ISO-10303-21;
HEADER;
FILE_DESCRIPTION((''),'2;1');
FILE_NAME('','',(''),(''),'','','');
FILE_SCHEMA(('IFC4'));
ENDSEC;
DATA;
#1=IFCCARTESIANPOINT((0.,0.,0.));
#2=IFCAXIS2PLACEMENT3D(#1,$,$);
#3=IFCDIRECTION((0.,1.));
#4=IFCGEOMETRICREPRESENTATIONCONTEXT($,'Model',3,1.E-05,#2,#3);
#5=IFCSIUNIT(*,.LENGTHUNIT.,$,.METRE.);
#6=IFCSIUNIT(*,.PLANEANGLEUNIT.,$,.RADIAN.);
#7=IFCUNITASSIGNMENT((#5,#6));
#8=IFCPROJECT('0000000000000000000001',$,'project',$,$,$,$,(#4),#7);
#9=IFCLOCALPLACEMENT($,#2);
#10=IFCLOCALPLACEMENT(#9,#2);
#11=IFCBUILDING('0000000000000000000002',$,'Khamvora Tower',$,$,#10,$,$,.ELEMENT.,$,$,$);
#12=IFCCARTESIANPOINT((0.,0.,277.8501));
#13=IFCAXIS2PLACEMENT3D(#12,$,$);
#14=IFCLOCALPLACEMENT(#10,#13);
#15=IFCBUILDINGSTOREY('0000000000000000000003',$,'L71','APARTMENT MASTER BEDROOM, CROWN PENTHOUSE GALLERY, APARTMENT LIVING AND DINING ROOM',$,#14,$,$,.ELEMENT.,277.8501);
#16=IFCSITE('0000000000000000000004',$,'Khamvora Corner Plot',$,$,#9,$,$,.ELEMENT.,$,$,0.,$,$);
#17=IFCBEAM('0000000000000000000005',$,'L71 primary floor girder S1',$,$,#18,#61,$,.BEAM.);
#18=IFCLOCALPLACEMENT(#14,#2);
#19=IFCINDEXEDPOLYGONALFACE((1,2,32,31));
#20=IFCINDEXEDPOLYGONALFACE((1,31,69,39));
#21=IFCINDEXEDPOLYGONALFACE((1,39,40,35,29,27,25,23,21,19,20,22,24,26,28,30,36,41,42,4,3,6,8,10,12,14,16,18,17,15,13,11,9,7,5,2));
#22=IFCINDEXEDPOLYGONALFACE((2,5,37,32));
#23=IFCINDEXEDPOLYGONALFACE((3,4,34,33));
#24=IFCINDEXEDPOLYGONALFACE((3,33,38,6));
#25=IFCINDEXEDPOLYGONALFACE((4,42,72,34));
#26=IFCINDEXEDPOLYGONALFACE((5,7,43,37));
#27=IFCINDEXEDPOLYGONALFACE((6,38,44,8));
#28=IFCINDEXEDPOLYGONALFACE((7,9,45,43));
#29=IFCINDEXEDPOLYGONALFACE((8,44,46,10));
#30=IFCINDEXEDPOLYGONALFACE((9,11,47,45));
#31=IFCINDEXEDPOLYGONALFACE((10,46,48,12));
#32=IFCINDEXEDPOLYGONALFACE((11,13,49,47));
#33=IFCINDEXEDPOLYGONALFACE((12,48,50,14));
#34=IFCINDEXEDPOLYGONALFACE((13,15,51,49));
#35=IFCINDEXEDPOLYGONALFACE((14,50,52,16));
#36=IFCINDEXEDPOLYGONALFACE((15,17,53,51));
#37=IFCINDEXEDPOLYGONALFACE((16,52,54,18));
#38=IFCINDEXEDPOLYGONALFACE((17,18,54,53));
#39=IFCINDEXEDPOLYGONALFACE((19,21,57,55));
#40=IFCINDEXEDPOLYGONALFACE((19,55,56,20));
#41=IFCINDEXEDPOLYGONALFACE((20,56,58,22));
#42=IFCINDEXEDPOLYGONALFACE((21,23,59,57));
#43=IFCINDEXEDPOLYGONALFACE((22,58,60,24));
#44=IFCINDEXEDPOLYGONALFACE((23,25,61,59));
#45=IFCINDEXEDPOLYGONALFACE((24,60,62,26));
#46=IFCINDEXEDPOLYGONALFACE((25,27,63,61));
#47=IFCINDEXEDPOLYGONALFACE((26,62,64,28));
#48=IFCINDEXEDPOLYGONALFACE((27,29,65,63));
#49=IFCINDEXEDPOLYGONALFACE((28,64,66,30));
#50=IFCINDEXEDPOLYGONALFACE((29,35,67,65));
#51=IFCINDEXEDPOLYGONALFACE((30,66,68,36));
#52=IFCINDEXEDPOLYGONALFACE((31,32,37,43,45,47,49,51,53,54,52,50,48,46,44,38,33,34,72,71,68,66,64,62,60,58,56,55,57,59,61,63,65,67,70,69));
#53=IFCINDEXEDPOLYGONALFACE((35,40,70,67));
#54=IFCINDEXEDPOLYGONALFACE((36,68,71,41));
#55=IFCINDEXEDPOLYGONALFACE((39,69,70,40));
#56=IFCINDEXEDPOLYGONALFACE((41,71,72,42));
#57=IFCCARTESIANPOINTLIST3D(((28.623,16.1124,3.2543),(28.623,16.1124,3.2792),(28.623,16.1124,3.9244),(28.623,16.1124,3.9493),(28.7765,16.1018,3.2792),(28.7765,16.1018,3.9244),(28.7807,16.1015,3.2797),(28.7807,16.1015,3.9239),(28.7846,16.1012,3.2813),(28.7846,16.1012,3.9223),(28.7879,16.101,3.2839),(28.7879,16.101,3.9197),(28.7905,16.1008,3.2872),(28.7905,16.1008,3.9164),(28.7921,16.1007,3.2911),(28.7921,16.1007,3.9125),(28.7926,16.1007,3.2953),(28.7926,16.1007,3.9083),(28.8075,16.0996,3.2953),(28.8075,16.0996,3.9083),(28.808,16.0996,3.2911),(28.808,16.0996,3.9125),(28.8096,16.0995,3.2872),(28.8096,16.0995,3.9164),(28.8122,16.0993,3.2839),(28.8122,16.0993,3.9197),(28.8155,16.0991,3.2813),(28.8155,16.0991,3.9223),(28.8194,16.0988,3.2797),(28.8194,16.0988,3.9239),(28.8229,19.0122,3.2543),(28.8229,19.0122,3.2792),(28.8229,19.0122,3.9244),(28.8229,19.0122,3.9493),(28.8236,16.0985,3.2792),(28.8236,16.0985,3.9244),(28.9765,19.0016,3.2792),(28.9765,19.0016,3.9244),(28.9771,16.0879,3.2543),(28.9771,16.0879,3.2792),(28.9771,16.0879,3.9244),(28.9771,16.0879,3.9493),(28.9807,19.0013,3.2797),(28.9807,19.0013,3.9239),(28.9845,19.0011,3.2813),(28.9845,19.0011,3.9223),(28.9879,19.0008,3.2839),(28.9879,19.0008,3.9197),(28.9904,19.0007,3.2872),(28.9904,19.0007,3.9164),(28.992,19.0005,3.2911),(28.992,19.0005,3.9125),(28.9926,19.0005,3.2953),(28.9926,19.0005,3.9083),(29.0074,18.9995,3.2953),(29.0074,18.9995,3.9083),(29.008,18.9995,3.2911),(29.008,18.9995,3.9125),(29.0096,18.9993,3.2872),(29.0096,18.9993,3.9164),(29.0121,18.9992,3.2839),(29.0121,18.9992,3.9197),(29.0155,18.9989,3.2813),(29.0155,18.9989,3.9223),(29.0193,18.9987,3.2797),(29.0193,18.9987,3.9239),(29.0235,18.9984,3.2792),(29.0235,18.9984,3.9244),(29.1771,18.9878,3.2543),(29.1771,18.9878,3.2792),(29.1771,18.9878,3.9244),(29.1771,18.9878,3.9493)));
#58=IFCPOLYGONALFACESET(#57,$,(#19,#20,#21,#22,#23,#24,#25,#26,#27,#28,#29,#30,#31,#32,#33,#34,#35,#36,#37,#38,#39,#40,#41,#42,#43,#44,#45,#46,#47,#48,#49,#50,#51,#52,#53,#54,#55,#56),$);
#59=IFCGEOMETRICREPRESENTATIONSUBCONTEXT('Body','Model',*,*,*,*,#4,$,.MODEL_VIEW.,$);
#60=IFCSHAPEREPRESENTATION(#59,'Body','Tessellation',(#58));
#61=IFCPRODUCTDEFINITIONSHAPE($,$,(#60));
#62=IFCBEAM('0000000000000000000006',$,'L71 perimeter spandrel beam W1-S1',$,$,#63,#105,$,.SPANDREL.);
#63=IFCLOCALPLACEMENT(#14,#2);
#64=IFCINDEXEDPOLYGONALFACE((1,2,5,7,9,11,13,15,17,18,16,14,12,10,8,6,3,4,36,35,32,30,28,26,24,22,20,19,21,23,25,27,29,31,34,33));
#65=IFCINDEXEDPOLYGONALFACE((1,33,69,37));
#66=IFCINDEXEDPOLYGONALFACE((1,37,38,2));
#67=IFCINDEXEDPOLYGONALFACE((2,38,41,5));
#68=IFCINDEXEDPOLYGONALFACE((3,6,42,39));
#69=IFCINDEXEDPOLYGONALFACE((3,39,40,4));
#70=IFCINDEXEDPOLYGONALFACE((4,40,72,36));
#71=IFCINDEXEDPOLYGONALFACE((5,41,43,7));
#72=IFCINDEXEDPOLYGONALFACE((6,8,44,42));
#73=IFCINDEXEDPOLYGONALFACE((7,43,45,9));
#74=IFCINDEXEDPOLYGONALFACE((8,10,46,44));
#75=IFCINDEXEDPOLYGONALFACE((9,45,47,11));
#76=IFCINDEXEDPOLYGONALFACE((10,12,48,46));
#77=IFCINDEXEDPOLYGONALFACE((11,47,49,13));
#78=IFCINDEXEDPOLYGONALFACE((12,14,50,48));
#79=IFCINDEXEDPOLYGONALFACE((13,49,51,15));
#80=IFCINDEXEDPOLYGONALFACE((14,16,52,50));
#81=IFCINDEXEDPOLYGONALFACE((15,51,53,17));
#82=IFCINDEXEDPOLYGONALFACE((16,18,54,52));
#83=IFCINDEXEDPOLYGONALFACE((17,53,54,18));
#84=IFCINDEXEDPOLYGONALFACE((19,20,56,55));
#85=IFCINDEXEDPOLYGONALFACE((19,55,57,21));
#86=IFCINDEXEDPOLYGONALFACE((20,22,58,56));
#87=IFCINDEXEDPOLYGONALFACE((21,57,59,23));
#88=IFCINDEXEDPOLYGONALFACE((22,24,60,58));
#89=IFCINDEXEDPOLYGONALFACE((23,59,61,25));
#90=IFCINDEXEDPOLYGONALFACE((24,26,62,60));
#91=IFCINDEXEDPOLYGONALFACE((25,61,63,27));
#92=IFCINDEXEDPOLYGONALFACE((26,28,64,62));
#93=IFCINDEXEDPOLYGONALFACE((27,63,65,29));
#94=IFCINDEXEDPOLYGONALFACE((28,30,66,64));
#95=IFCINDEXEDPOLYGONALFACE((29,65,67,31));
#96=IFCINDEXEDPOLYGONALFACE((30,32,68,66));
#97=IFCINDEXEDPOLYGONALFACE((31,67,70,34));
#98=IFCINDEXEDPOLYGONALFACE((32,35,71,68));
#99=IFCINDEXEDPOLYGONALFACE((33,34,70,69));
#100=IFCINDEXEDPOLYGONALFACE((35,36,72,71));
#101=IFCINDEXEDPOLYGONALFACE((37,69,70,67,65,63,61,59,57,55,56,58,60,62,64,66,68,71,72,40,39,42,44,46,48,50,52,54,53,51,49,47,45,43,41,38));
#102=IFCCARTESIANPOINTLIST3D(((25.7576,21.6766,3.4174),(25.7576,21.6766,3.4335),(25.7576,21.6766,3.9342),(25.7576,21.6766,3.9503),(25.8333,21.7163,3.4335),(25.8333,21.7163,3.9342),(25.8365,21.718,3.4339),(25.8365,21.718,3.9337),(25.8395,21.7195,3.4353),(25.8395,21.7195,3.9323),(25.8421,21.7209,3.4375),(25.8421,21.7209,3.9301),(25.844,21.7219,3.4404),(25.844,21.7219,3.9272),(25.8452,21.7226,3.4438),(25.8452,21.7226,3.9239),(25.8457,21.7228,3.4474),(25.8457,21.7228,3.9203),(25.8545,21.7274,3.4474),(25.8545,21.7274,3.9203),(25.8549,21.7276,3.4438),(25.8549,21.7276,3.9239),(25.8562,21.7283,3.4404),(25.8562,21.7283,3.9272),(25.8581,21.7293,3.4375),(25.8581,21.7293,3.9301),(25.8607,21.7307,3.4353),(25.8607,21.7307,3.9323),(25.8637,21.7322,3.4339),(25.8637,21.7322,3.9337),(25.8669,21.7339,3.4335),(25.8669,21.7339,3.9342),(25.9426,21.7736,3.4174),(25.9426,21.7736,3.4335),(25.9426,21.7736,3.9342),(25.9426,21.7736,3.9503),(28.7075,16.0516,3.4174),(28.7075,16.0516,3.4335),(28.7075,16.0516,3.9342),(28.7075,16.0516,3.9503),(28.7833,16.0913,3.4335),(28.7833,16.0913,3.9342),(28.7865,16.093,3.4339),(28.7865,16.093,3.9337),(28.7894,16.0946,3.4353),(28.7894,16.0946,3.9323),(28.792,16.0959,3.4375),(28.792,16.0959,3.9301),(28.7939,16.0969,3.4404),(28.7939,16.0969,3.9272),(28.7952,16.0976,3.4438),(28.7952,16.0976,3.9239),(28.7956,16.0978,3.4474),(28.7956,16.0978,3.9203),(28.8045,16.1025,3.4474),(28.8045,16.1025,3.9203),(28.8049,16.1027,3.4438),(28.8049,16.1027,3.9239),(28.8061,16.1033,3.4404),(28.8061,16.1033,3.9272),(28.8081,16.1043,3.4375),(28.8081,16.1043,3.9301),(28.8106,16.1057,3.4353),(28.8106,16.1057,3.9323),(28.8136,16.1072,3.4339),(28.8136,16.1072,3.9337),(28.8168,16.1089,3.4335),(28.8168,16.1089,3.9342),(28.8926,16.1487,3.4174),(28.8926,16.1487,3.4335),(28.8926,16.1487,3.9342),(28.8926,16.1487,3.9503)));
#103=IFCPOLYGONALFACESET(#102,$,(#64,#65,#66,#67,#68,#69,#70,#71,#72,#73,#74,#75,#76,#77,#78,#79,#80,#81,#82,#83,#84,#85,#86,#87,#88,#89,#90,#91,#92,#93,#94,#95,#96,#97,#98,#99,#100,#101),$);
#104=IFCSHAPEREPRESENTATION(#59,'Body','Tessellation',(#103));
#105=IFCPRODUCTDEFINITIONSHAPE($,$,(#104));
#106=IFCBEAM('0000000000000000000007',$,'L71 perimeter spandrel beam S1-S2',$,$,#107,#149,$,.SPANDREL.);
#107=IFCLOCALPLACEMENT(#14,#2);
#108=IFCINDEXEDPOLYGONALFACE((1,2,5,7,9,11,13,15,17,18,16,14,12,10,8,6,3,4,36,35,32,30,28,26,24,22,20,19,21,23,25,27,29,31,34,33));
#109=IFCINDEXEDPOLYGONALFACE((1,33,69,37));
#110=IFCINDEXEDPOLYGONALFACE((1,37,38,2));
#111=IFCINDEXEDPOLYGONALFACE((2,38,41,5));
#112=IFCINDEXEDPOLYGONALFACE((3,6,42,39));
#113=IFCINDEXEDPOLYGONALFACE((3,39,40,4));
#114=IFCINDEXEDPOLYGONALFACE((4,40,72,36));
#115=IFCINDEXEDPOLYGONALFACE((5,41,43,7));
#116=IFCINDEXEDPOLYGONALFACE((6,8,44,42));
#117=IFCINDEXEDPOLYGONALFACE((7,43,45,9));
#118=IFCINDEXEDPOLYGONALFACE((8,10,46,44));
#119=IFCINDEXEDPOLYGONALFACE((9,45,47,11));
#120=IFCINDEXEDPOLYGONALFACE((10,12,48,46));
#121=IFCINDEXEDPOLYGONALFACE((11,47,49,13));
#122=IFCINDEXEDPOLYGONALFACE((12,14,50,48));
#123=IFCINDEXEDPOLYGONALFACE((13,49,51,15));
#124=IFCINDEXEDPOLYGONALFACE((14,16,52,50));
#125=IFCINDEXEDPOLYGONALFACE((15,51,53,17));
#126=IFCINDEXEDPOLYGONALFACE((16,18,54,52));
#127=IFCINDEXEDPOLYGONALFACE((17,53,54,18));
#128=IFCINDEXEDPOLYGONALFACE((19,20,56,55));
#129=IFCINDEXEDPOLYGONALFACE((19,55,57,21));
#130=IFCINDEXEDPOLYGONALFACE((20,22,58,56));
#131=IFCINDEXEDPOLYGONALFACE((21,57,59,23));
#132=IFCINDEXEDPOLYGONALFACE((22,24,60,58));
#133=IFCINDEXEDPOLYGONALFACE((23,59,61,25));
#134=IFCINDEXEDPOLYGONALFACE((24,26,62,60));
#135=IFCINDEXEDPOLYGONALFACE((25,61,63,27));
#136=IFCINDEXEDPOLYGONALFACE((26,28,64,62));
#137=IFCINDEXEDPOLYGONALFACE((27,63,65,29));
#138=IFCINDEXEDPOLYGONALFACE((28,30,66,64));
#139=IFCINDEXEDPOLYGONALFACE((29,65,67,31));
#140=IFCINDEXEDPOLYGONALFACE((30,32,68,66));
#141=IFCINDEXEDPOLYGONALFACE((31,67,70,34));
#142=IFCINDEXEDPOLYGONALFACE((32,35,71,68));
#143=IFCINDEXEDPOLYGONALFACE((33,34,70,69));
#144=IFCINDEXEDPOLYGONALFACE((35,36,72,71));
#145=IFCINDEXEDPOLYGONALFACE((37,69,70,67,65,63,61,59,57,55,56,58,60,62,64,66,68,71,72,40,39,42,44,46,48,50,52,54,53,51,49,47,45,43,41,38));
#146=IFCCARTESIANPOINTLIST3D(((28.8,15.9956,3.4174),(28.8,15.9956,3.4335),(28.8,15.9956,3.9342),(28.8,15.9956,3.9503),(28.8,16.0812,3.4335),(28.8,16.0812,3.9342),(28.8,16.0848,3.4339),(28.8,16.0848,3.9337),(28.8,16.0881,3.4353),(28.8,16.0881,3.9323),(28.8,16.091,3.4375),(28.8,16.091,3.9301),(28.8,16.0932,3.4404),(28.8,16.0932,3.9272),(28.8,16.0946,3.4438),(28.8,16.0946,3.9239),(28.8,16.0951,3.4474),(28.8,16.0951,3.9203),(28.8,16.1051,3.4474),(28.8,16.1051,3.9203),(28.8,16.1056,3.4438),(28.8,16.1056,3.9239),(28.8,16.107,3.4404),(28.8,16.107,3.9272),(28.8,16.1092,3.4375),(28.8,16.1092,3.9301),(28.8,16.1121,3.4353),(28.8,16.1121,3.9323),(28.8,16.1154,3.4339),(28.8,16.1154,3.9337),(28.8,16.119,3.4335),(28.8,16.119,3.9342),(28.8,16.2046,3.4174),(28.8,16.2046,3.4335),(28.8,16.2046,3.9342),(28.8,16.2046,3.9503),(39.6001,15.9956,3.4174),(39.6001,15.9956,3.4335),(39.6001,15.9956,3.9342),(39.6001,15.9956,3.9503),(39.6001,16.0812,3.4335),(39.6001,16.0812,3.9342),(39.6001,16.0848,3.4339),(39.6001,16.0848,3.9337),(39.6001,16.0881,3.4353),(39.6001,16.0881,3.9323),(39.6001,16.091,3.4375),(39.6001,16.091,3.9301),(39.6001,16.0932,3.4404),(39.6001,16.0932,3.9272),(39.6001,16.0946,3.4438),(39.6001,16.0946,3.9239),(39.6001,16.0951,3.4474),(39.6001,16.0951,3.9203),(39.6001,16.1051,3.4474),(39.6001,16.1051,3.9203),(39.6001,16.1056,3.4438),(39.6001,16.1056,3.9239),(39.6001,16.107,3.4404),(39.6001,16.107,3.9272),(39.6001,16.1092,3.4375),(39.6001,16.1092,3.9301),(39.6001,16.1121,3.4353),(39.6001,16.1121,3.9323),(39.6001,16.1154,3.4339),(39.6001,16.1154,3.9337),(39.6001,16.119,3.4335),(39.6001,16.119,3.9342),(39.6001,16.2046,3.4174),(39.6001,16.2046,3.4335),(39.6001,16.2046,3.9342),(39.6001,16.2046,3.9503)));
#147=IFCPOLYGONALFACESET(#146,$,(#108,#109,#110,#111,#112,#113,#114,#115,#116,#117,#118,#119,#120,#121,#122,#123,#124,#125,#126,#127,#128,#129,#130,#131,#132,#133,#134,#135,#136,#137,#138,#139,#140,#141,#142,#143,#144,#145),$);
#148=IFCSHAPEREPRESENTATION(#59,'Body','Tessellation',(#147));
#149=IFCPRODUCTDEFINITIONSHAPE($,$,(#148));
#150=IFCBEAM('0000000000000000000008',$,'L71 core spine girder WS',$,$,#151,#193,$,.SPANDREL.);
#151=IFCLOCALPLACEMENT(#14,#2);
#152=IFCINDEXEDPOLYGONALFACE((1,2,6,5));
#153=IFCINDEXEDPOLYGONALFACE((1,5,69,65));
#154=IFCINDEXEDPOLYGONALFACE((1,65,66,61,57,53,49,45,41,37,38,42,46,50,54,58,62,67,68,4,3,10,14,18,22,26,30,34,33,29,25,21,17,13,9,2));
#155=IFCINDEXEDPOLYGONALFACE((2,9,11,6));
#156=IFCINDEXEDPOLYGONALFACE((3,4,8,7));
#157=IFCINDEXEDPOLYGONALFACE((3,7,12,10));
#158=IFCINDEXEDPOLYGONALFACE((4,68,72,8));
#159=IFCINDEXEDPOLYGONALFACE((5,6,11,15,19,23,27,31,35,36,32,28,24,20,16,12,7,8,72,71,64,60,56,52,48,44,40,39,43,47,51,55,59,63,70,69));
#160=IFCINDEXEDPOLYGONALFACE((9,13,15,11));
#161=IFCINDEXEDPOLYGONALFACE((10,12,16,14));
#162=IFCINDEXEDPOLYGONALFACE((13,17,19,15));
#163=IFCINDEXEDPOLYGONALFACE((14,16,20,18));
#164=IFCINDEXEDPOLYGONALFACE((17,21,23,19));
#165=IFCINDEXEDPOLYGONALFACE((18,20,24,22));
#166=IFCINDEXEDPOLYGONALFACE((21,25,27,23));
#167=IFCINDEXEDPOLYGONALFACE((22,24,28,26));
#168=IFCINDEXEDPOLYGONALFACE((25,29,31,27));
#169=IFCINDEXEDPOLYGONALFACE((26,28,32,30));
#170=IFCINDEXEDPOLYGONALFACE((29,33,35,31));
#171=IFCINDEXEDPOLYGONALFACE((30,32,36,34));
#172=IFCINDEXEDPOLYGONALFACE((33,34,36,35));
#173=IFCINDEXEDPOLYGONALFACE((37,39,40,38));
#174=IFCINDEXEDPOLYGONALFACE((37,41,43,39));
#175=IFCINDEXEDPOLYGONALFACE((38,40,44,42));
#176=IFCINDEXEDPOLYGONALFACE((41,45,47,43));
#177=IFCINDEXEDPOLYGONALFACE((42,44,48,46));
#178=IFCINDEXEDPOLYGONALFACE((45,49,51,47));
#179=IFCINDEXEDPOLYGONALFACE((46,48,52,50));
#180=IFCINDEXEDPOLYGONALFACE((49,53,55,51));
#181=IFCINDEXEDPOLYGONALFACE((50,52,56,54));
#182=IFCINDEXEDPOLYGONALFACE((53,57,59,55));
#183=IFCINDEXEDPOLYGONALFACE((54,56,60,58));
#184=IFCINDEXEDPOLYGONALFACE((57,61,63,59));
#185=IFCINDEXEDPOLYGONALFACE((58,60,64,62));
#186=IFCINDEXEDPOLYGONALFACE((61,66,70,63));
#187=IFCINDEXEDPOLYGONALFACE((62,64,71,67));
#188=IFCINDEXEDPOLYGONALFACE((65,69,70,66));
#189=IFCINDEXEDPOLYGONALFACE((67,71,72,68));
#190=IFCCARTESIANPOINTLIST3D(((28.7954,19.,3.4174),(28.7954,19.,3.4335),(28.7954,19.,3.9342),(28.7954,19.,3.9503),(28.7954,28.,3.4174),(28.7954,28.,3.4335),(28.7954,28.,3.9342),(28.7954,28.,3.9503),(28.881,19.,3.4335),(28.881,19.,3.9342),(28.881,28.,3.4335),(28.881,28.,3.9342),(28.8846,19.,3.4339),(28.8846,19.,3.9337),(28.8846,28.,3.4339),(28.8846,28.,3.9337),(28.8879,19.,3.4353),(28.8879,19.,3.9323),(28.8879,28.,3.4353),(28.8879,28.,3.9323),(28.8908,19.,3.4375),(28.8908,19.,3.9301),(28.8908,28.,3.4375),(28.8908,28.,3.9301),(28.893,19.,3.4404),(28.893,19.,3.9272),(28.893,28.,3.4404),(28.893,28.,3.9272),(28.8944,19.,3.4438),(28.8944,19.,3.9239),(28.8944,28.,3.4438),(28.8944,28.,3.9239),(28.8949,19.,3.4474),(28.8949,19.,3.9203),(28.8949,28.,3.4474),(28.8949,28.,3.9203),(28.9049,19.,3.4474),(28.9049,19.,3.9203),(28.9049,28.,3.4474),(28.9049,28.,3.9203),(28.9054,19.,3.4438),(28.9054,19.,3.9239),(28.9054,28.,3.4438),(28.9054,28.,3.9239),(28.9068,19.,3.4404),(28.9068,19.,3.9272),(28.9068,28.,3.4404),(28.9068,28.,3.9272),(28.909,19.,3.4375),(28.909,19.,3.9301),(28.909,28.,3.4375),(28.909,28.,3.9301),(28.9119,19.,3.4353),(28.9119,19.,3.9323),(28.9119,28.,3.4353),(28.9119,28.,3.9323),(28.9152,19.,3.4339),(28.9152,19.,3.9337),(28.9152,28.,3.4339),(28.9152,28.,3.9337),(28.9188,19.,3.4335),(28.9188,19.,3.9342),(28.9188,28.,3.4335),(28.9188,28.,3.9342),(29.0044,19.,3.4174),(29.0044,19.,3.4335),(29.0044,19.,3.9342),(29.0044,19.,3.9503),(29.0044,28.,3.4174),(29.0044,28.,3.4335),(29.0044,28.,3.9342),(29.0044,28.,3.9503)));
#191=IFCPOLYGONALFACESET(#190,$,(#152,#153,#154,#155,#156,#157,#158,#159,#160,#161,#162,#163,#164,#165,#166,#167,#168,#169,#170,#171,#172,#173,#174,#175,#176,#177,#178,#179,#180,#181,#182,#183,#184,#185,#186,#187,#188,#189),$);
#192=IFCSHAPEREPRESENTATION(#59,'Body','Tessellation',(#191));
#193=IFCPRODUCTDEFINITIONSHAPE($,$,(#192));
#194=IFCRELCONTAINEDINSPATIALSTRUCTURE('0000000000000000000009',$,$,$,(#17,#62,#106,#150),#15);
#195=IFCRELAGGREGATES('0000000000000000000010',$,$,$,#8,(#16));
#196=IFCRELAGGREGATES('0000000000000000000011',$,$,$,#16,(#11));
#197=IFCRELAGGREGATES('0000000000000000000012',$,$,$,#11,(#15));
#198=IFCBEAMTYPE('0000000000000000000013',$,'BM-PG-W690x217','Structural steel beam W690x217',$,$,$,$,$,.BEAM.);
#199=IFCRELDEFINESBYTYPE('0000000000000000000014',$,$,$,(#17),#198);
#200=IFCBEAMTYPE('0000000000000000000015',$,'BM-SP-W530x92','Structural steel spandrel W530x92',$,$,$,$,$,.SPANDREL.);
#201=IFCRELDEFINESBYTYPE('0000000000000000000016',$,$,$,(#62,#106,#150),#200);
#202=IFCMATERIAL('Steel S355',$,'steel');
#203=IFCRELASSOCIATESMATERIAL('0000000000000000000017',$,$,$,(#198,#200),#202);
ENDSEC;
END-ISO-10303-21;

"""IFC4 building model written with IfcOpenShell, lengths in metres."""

from ifc_helpers import new_model, si_unit, direction, frame, origin, origin_2d, place, context, subcontext, project, spatial, i_section, extrude, material, material_profile, profile_set, type_object, element, save


model = new_model("IFC4")

# Units and contexts
model_context = context("Model", 3, precision=1e-05, world=origin(), true_north=direction((0.0, 1.0)))
body_context = subcontext(model_context, "Body", "Model", "MODEL_VIEW")
ifc_project = project(units=[si_unit("LENGTHUNIT", "METRE"), si_unit("PLANEANGLEUNIT", "RADIAN")], contexts=[model_context])

# Site, building, storey
site_placement = place(None, origin())
site = spatial("IfcSite", under=ifc_project, at=site_placement, Name="Khamvora Corner Plot", CompositionType="ELEMENT", RefElevation=0.0)
building_placement = place(site_placement, origin())
building = spatial("IfcBuilding", under=site, at=building_placement, Name="Khamvora Tower", CompositionType="ELEMENT")
storey_placement = place(building_placement, frame((0.0, 0.0, 277.8501)))
storey = spatial("IfcBuildingStorey", under=building, at=storey_placement, Name="L71", Description="APARTMENT MASTER BEDROOM, CROWN PENTHOUSE GALLERY, APARTMENT LIVING AND DINING ROOM", CompositionType="ELEMENT", Elevation=277.8501)

# Shared definitions
ifc_material_1 = material(Name="Steel S355", Category="steel")

# Beams
ifc_material_profile_1 = material_profile(ifc_material_1, i_section(OverallWidth=0.355, OverallDepth=0.6951, WebThickness=0.0149, FlangeThickness=0.0249, FilletRadius=0.0161, at=origin_2d()), Name="W690x217")
ifc_profile_set_1 = profile_set([ifc_material_profile_1], Name="Steel S355")
beam_type_1 = type_object("IfcBeamType", Name="BM-PG-W690x217", Description="Structural steel beam W690x217", PredefinedType="BEAM", material=ifc_profile_set_1)
beam_1_placement = place(storey_placement, frame((29.0, 19.0, 3.6018), z_axis=(-0.068788, -0.997631, 0.0), x_axis=(0.997631, -0.068788, 0.0)))
element("IfcBeam", 1, at=beam_1_placement, inside=storey, type_object=beam_type_1, Name="L71 primary floor girder S1", PredefinedType="BEAM", context=body_context, shape_type="SweptSolid", body=[
    extrude(i_section(OverallWidth=0.355, OverallDepth=0.6951, WebThickness=0.0149, FlangeThickness=0.0249, FilletRadius=0.0161, at=origin_2d()), origin(), (0.0, 0.0, 1.0), 2.9067),
])
ifc_material_profile_2 = material_profile(ifc_material_1, i_section(OverallWidth=0.209, OverallDepth=0.533, WebThickness=0.01, FlangeThickness=0.0161, FilletRadius=0.0139, at=origin_2d()), Name="W530x92")
ifc_profile_set_2 = profile_set([ifc_material_profile_2], Name="Steel S355")
beam_type_2 = type_object("IfcBeamType", Name="BM-SP-W530x92", Description="Structural steel spandrel W530x92", PredefinedType="SPANDREL", material=ifc_profile_set_2)
beam_2_placement = place(storey_placement, frame((25.8501, 21.7251, 3.6838), z_axis=(0.464442, -0.885603, 0.0), x_axis=(0.885603, 0.464442, 0.0)))
element("IfcBeam", 2, at=beam_2_placement, inside=storey, type_object=beam_type_2, Name="L71 perimeter spandrel beam W1-S1", PredefinedType="SPANDREL", context=body_context, shape_type="SweptSolid", body=[
    extrude(i_section(OverallWidth=0.209, OverallDepth=0.533, WebThickness=0.01, FlangeThickness=0.0161, FilletRadius=0.0139, at=origin_2d()), origin(), (0.0, 0.0, 1.0), 6.3516),
])
beam_3_placement = place(storey_placement, frame((28.8, 16.1001, 3.6838), z_axis=(1.0, 0.0, 0.0), x_axis=(0.0, 1.0, 0.0)))
element("IfcBeam", 3, at=beam_3_placement, inside=storey, type_object=beam_type_2, Name="L71 perimeter spandrel beam S1-S2", PredefinedType="SPANDREL", context=body_context, shape_type="SweptSolid", body=[
    extrude(i_section(OverallWidth=0.209, OverallDepth=0.533, WebThickness=0.01, FlangeThickness=0.0161, FilletRadius=0.0139, at=origin_2d()), origin(), (0.0, 0.0, 1.0), 10.8),
])
for number, where, z_axis, x_axis, name in (
    (4, (28.8999, 19.0, 3.6838), (0.0, 1.0, 0.0), (-1.0, 0.0, 0.0), "L71 core spine girder WS"),
):
    element("IfcBeam", number, at=place(storey_placement, frame(where, z_axis=z_axis, x_axis=x_axis)), inside=storey, type_object=beam_type_2, Name=name, PredefinedType="SPANDREL", context=body_context, shape_type="SweptSolid", body=[
        extrude(i_section(OverallWidth=0.209, OverallDepth=0.533, WebThickness=0.01, FlangeThickness=0.0161, FilletRadius=0.0139, at=origin_2d()), origin(), (0.0, 0.0, 1.0), 9.0),
    ])

save(model, "model.ifc")
